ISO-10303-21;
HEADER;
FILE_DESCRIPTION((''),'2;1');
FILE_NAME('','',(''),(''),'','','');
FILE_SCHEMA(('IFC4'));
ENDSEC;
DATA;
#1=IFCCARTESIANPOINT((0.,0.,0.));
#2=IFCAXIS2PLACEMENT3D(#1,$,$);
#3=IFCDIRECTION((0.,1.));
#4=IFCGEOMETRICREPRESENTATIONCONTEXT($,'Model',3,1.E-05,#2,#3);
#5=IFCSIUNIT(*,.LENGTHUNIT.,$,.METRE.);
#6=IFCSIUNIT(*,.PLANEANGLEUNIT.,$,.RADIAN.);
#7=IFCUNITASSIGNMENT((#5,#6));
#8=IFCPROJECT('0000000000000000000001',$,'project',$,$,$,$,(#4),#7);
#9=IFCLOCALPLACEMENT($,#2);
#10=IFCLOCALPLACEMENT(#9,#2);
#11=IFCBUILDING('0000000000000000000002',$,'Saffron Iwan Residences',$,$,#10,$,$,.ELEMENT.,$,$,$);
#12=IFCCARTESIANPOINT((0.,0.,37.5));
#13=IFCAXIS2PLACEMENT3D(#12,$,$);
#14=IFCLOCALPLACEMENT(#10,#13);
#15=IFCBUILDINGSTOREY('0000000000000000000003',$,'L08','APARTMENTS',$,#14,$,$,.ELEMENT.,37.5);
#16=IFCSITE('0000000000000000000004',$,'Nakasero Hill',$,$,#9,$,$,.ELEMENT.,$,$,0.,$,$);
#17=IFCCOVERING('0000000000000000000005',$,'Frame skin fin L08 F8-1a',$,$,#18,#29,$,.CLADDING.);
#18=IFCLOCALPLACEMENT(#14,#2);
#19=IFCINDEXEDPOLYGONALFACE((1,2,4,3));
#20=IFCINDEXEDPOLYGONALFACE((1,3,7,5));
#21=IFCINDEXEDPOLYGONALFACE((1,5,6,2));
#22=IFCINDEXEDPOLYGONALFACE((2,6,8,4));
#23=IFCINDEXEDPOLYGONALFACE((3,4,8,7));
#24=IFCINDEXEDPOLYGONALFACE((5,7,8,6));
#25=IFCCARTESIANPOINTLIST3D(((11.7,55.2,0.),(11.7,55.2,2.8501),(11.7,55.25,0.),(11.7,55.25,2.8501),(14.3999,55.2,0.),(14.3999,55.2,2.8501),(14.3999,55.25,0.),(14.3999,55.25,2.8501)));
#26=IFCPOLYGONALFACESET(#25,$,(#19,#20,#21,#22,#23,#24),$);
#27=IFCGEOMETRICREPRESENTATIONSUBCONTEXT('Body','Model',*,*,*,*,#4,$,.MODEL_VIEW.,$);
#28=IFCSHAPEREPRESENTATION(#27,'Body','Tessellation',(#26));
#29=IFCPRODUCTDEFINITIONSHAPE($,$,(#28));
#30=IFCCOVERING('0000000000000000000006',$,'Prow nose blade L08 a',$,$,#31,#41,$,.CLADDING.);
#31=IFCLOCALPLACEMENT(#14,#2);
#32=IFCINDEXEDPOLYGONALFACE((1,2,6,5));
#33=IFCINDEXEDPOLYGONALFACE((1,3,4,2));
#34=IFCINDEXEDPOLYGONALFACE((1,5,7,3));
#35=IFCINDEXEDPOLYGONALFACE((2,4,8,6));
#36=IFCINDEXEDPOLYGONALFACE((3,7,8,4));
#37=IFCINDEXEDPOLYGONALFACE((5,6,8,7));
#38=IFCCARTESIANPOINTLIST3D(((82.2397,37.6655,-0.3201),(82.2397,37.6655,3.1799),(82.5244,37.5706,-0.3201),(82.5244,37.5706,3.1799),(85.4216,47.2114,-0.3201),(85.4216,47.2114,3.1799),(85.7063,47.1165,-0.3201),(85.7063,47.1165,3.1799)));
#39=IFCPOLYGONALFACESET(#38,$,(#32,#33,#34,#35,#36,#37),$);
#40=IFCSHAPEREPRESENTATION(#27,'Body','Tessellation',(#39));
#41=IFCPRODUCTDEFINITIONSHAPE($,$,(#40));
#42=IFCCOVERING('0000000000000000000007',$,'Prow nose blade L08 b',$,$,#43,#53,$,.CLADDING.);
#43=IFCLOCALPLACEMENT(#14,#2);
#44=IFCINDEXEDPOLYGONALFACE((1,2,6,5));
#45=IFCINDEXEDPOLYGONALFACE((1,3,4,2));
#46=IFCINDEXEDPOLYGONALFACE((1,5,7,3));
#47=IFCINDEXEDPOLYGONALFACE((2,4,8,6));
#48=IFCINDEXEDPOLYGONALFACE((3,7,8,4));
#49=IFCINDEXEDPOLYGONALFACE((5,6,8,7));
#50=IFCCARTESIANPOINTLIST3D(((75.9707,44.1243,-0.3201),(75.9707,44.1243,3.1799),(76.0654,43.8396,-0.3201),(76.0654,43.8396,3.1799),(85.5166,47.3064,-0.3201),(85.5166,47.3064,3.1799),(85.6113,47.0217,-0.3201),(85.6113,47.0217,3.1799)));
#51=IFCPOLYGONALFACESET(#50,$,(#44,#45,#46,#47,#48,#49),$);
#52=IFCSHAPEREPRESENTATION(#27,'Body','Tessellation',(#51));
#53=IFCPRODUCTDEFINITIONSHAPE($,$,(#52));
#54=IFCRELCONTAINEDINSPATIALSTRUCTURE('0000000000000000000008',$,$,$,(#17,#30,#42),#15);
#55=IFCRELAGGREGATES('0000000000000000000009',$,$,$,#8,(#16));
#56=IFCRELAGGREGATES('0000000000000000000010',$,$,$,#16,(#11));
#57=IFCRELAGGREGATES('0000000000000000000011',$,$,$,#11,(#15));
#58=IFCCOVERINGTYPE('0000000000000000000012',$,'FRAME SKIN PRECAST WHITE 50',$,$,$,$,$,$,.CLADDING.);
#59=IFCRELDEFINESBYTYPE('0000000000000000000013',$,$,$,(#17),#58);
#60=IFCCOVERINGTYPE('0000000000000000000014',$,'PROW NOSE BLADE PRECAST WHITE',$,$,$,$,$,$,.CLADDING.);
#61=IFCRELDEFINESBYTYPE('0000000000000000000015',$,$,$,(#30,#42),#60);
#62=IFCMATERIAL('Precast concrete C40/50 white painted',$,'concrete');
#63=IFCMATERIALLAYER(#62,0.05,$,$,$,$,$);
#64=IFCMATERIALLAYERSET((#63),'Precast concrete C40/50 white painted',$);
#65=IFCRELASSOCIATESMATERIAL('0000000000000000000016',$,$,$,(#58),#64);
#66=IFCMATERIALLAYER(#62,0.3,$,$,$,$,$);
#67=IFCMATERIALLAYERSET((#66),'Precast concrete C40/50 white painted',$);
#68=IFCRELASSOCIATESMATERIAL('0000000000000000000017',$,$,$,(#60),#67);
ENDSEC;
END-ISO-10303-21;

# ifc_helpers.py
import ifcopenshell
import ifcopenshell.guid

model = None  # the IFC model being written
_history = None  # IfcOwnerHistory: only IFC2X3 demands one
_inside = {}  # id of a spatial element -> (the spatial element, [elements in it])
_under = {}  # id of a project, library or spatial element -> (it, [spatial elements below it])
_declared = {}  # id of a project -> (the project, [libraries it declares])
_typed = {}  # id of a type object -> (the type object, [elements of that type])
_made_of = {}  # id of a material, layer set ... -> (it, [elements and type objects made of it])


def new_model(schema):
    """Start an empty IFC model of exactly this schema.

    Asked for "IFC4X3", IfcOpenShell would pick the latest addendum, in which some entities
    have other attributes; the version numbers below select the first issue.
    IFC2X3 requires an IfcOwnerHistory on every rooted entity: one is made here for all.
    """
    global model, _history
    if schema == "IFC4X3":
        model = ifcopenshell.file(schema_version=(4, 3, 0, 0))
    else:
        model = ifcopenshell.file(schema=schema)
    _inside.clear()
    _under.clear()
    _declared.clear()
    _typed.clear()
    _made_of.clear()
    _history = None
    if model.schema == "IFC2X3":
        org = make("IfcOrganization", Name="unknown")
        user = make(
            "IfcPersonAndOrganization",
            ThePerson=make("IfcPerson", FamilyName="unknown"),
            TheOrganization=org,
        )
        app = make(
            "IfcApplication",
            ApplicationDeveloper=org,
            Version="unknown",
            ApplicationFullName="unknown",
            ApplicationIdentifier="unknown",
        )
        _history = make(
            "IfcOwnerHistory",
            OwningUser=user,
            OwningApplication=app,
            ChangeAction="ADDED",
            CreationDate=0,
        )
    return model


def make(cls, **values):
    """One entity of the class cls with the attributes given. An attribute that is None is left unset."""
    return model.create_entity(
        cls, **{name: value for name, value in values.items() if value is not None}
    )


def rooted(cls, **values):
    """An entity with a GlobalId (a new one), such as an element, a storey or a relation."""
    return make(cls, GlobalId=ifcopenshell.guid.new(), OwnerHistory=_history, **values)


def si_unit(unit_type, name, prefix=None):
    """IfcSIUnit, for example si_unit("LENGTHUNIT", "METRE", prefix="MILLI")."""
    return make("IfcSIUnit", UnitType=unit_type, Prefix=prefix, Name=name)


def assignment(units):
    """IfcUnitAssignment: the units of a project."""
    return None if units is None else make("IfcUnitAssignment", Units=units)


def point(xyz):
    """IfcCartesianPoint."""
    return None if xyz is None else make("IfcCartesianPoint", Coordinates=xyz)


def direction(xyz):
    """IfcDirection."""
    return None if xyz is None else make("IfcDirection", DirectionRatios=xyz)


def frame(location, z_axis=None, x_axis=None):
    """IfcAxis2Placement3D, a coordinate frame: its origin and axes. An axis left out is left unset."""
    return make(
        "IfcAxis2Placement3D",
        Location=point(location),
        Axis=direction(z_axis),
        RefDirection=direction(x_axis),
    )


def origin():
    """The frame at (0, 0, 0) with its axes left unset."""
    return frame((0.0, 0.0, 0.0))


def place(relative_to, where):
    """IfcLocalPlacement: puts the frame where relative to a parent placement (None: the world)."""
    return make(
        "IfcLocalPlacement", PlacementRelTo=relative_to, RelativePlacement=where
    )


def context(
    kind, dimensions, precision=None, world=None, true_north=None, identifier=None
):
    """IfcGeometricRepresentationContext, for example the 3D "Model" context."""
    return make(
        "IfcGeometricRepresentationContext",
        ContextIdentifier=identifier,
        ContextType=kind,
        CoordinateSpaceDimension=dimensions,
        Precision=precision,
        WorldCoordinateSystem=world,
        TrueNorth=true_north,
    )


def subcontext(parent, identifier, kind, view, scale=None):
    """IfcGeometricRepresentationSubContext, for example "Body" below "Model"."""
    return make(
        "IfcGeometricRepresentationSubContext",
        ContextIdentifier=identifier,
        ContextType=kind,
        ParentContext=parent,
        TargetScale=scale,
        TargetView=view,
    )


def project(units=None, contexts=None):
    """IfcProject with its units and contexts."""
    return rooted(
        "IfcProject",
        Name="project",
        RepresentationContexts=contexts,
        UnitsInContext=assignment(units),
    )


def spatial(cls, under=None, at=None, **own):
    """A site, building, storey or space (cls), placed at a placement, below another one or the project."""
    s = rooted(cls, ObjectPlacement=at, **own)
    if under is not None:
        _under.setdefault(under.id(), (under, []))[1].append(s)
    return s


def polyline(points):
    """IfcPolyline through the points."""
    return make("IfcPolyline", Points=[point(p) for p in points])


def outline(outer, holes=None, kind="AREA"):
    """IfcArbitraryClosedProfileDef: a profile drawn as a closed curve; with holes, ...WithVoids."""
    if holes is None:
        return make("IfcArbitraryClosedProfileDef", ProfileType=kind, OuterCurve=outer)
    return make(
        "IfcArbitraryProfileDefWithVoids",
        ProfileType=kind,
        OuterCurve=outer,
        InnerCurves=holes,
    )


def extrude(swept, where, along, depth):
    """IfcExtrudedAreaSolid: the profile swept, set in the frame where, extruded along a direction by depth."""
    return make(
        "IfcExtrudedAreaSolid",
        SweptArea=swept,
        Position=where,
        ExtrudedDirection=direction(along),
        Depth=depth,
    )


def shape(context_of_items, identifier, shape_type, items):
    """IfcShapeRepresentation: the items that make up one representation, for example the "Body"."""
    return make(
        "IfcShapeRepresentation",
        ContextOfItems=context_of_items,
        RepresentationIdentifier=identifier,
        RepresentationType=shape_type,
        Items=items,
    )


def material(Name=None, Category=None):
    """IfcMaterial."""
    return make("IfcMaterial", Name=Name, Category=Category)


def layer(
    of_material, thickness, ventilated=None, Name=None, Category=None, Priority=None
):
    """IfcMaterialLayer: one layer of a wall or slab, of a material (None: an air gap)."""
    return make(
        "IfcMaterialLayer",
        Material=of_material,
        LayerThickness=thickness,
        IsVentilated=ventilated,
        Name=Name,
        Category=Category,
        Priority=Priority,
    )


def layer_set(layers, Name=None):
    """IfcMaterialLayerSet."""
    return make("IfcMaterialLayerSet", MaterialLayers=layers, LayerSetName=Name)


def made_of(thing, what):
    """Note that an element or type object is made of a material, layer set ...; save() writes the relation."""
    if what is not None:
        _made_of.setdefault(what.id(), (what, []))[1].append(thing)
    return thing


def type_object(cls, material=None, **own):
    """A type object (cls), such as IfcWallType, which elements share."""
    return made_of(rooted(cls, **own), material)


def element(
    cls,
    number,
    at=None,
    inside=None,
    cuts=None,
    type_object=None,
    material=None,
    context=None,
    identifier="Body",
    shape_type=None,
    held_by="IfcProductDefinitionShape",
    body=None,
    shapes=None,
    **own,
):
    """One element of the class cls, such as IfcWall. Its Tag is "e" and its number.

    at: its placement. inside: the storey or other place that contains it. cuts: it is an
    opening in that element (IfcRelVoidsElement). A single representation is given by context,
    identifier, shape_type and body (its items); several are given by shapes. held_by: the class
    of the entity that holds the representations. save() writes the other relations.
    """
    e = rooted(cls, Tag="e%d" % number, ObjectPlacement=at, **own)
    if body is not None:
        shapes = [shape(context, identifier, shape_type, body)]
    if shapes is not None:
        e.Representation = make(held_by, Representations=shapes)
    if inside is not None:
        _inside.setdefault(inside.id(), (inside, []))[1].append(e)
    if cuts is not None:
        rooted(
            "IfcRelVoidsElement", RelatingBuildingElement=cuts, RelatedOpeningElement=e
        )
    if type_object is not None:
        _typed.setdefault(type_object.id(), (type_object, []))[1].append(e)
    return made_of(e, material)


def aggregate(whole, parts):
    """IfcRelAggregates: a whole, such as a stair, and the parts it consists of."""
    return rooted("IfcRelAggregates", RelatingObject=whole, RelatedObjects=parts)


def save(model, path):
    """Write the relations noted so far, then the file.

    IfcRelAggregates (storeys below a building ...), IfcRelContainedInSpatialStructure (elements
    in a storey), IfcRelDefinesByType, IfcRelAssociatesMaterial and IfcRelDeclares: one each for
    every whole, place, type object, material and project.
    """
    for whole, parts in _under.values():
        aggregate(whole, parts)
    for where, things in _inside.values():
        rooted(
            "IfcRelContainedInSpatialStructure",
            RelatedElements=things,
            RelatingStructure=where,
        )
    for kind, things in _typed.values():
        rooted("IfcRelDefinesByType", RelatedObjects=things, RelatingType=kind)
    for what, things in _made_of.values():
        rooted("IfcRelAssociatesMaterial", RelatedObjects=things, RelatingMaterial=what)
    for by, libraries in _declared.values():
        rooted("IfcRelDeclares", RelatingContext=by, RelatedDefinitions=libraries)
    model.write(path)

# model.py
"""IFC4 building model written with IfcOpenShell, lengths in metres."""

from ifc_helpers import new_model, si_unit, direction, frame, origin, place, context, subcontext, project, spatial, polyline, outline, extrude, material, layer, layer_set, type_object, element, save


model = new_model("IFC4")

# Units and contexts
model_context = context("Model", 3, precision=1e-05, world=origin(), true_north=direction((0.0, 1.0)))
body_context = subcontext(model_context, "Body", "Model", "MODEL_VIEW")
ifc_project = project(units=[si_unit("LENGTHUNIT", "METRE"), si_unit("PLANEANGLEUNIT", "RADIAN")], contexts=[model_context])

# Site, building, storey
site_placement = place(None, origin())
site = spatial("IfcSite", under=ifc_project, at=site_placement, Name="Nakasero Hill", CompositionType="ELEMENT", RefElevation=0.0)
building_placement = place(site_placement, origin())
building = spatial("IfcBuilding", under=site, at=building_placement, Name="Saffron Iwan Residences", CompositionType="ELEMENT")
storey_placement = place(building_placement, frame((0.0, 0.0, 37.5)))
storey = spatial("IfcBuildingStorey", under=building, at=storey_placement, Name="L08", Description="APARTMENTS", CompositionType="ELEMENT", Elevation=37.5)

# Coverings
ifc_material_1 = material(Name="Precast concrete C40/50 white painted", Category="concrete")
ifc_layer_1 = layer(ifc_material_1, 0.05)
ifc_layer_set_1 = layer_set([ifc_layer_1], Name="Precast concrete C40/50 white painted")
covering_type_1 = type_object("IfcCoveringType", Name="FRAME SKIN PRECAST WHITE 50", PredefinedType="CLADDING", material=ifc_layer_set_1)
covering_1_placement = place(storey_placement, origin())
element("IfcCovering", 1, at=covering_1_placement, inside=storey, type_object=covering_type_1, Name="Frame skin fin L08 F8-1a", PredefinedType="CLADDING", context=body_context, shape_type="SweptSolid", body=[
    extrude(outline(polyline([(11.7, 55.25), (11.7, 55.2), (14.3999, 55.2), (14.3999, 55.25), (11.7, 55.25)])), origin(), (0.0, 0.0, 1.0), 2.8501),
])
ifc_layer_2 = layer(ifc_material_1, 0.3)
ifc_layer_set_2 = layer_set([ifc_layer_2], Name="Precast concrete C40/50 white painted")
covering_type_2 = type_object("IfcCoveringType", Name="PROW NOSE BLADE PRECAST WHITE", PredefinedType="CLADDING", material=ifc_layer_set_2)
covering_2_placement = place(storey_placement, frame((0.0, 0.0, -0.3201)))
element("IfcCovering", 2, at=covering_2_placement, inside=storey, type_object=covering_type_2, Name="Prow nose blade L08 a", PredefinedType="CLADDING", context=body_context, shape_type="SweptSolid", body=[
    extrude(outline(polyline([(82.5244, 37.5706), (85.7063, 47.1165), (85.4216, 47.2114), (82.2397, 37.6655), (82.5244, 37.5706)])), origin(), (0.0, 0.0, 1.0), 3.5),
])
covering_3_placement = place(storey_placement, frame((0.0, 0.0, -0.3201)))
element("IfcCovering", 3, at=covering_3_placement, inside=storey, type_object=covering_type_2, Name="Prow nose blade L08 b", PredefinedType="CLADDING", context=body_context, shape_type="SweptSolid", body=[
    extrude(outline(polyline([(76.0654, 43.8396), (85.6113, 47.0217), (85.5166, 47.3064), (75.9707, 44.1243), (76.0654, 43.8396)])), origin(), (0.0, 0.0, 1.0), 3.5),
])

save(model, "model.ifc")
